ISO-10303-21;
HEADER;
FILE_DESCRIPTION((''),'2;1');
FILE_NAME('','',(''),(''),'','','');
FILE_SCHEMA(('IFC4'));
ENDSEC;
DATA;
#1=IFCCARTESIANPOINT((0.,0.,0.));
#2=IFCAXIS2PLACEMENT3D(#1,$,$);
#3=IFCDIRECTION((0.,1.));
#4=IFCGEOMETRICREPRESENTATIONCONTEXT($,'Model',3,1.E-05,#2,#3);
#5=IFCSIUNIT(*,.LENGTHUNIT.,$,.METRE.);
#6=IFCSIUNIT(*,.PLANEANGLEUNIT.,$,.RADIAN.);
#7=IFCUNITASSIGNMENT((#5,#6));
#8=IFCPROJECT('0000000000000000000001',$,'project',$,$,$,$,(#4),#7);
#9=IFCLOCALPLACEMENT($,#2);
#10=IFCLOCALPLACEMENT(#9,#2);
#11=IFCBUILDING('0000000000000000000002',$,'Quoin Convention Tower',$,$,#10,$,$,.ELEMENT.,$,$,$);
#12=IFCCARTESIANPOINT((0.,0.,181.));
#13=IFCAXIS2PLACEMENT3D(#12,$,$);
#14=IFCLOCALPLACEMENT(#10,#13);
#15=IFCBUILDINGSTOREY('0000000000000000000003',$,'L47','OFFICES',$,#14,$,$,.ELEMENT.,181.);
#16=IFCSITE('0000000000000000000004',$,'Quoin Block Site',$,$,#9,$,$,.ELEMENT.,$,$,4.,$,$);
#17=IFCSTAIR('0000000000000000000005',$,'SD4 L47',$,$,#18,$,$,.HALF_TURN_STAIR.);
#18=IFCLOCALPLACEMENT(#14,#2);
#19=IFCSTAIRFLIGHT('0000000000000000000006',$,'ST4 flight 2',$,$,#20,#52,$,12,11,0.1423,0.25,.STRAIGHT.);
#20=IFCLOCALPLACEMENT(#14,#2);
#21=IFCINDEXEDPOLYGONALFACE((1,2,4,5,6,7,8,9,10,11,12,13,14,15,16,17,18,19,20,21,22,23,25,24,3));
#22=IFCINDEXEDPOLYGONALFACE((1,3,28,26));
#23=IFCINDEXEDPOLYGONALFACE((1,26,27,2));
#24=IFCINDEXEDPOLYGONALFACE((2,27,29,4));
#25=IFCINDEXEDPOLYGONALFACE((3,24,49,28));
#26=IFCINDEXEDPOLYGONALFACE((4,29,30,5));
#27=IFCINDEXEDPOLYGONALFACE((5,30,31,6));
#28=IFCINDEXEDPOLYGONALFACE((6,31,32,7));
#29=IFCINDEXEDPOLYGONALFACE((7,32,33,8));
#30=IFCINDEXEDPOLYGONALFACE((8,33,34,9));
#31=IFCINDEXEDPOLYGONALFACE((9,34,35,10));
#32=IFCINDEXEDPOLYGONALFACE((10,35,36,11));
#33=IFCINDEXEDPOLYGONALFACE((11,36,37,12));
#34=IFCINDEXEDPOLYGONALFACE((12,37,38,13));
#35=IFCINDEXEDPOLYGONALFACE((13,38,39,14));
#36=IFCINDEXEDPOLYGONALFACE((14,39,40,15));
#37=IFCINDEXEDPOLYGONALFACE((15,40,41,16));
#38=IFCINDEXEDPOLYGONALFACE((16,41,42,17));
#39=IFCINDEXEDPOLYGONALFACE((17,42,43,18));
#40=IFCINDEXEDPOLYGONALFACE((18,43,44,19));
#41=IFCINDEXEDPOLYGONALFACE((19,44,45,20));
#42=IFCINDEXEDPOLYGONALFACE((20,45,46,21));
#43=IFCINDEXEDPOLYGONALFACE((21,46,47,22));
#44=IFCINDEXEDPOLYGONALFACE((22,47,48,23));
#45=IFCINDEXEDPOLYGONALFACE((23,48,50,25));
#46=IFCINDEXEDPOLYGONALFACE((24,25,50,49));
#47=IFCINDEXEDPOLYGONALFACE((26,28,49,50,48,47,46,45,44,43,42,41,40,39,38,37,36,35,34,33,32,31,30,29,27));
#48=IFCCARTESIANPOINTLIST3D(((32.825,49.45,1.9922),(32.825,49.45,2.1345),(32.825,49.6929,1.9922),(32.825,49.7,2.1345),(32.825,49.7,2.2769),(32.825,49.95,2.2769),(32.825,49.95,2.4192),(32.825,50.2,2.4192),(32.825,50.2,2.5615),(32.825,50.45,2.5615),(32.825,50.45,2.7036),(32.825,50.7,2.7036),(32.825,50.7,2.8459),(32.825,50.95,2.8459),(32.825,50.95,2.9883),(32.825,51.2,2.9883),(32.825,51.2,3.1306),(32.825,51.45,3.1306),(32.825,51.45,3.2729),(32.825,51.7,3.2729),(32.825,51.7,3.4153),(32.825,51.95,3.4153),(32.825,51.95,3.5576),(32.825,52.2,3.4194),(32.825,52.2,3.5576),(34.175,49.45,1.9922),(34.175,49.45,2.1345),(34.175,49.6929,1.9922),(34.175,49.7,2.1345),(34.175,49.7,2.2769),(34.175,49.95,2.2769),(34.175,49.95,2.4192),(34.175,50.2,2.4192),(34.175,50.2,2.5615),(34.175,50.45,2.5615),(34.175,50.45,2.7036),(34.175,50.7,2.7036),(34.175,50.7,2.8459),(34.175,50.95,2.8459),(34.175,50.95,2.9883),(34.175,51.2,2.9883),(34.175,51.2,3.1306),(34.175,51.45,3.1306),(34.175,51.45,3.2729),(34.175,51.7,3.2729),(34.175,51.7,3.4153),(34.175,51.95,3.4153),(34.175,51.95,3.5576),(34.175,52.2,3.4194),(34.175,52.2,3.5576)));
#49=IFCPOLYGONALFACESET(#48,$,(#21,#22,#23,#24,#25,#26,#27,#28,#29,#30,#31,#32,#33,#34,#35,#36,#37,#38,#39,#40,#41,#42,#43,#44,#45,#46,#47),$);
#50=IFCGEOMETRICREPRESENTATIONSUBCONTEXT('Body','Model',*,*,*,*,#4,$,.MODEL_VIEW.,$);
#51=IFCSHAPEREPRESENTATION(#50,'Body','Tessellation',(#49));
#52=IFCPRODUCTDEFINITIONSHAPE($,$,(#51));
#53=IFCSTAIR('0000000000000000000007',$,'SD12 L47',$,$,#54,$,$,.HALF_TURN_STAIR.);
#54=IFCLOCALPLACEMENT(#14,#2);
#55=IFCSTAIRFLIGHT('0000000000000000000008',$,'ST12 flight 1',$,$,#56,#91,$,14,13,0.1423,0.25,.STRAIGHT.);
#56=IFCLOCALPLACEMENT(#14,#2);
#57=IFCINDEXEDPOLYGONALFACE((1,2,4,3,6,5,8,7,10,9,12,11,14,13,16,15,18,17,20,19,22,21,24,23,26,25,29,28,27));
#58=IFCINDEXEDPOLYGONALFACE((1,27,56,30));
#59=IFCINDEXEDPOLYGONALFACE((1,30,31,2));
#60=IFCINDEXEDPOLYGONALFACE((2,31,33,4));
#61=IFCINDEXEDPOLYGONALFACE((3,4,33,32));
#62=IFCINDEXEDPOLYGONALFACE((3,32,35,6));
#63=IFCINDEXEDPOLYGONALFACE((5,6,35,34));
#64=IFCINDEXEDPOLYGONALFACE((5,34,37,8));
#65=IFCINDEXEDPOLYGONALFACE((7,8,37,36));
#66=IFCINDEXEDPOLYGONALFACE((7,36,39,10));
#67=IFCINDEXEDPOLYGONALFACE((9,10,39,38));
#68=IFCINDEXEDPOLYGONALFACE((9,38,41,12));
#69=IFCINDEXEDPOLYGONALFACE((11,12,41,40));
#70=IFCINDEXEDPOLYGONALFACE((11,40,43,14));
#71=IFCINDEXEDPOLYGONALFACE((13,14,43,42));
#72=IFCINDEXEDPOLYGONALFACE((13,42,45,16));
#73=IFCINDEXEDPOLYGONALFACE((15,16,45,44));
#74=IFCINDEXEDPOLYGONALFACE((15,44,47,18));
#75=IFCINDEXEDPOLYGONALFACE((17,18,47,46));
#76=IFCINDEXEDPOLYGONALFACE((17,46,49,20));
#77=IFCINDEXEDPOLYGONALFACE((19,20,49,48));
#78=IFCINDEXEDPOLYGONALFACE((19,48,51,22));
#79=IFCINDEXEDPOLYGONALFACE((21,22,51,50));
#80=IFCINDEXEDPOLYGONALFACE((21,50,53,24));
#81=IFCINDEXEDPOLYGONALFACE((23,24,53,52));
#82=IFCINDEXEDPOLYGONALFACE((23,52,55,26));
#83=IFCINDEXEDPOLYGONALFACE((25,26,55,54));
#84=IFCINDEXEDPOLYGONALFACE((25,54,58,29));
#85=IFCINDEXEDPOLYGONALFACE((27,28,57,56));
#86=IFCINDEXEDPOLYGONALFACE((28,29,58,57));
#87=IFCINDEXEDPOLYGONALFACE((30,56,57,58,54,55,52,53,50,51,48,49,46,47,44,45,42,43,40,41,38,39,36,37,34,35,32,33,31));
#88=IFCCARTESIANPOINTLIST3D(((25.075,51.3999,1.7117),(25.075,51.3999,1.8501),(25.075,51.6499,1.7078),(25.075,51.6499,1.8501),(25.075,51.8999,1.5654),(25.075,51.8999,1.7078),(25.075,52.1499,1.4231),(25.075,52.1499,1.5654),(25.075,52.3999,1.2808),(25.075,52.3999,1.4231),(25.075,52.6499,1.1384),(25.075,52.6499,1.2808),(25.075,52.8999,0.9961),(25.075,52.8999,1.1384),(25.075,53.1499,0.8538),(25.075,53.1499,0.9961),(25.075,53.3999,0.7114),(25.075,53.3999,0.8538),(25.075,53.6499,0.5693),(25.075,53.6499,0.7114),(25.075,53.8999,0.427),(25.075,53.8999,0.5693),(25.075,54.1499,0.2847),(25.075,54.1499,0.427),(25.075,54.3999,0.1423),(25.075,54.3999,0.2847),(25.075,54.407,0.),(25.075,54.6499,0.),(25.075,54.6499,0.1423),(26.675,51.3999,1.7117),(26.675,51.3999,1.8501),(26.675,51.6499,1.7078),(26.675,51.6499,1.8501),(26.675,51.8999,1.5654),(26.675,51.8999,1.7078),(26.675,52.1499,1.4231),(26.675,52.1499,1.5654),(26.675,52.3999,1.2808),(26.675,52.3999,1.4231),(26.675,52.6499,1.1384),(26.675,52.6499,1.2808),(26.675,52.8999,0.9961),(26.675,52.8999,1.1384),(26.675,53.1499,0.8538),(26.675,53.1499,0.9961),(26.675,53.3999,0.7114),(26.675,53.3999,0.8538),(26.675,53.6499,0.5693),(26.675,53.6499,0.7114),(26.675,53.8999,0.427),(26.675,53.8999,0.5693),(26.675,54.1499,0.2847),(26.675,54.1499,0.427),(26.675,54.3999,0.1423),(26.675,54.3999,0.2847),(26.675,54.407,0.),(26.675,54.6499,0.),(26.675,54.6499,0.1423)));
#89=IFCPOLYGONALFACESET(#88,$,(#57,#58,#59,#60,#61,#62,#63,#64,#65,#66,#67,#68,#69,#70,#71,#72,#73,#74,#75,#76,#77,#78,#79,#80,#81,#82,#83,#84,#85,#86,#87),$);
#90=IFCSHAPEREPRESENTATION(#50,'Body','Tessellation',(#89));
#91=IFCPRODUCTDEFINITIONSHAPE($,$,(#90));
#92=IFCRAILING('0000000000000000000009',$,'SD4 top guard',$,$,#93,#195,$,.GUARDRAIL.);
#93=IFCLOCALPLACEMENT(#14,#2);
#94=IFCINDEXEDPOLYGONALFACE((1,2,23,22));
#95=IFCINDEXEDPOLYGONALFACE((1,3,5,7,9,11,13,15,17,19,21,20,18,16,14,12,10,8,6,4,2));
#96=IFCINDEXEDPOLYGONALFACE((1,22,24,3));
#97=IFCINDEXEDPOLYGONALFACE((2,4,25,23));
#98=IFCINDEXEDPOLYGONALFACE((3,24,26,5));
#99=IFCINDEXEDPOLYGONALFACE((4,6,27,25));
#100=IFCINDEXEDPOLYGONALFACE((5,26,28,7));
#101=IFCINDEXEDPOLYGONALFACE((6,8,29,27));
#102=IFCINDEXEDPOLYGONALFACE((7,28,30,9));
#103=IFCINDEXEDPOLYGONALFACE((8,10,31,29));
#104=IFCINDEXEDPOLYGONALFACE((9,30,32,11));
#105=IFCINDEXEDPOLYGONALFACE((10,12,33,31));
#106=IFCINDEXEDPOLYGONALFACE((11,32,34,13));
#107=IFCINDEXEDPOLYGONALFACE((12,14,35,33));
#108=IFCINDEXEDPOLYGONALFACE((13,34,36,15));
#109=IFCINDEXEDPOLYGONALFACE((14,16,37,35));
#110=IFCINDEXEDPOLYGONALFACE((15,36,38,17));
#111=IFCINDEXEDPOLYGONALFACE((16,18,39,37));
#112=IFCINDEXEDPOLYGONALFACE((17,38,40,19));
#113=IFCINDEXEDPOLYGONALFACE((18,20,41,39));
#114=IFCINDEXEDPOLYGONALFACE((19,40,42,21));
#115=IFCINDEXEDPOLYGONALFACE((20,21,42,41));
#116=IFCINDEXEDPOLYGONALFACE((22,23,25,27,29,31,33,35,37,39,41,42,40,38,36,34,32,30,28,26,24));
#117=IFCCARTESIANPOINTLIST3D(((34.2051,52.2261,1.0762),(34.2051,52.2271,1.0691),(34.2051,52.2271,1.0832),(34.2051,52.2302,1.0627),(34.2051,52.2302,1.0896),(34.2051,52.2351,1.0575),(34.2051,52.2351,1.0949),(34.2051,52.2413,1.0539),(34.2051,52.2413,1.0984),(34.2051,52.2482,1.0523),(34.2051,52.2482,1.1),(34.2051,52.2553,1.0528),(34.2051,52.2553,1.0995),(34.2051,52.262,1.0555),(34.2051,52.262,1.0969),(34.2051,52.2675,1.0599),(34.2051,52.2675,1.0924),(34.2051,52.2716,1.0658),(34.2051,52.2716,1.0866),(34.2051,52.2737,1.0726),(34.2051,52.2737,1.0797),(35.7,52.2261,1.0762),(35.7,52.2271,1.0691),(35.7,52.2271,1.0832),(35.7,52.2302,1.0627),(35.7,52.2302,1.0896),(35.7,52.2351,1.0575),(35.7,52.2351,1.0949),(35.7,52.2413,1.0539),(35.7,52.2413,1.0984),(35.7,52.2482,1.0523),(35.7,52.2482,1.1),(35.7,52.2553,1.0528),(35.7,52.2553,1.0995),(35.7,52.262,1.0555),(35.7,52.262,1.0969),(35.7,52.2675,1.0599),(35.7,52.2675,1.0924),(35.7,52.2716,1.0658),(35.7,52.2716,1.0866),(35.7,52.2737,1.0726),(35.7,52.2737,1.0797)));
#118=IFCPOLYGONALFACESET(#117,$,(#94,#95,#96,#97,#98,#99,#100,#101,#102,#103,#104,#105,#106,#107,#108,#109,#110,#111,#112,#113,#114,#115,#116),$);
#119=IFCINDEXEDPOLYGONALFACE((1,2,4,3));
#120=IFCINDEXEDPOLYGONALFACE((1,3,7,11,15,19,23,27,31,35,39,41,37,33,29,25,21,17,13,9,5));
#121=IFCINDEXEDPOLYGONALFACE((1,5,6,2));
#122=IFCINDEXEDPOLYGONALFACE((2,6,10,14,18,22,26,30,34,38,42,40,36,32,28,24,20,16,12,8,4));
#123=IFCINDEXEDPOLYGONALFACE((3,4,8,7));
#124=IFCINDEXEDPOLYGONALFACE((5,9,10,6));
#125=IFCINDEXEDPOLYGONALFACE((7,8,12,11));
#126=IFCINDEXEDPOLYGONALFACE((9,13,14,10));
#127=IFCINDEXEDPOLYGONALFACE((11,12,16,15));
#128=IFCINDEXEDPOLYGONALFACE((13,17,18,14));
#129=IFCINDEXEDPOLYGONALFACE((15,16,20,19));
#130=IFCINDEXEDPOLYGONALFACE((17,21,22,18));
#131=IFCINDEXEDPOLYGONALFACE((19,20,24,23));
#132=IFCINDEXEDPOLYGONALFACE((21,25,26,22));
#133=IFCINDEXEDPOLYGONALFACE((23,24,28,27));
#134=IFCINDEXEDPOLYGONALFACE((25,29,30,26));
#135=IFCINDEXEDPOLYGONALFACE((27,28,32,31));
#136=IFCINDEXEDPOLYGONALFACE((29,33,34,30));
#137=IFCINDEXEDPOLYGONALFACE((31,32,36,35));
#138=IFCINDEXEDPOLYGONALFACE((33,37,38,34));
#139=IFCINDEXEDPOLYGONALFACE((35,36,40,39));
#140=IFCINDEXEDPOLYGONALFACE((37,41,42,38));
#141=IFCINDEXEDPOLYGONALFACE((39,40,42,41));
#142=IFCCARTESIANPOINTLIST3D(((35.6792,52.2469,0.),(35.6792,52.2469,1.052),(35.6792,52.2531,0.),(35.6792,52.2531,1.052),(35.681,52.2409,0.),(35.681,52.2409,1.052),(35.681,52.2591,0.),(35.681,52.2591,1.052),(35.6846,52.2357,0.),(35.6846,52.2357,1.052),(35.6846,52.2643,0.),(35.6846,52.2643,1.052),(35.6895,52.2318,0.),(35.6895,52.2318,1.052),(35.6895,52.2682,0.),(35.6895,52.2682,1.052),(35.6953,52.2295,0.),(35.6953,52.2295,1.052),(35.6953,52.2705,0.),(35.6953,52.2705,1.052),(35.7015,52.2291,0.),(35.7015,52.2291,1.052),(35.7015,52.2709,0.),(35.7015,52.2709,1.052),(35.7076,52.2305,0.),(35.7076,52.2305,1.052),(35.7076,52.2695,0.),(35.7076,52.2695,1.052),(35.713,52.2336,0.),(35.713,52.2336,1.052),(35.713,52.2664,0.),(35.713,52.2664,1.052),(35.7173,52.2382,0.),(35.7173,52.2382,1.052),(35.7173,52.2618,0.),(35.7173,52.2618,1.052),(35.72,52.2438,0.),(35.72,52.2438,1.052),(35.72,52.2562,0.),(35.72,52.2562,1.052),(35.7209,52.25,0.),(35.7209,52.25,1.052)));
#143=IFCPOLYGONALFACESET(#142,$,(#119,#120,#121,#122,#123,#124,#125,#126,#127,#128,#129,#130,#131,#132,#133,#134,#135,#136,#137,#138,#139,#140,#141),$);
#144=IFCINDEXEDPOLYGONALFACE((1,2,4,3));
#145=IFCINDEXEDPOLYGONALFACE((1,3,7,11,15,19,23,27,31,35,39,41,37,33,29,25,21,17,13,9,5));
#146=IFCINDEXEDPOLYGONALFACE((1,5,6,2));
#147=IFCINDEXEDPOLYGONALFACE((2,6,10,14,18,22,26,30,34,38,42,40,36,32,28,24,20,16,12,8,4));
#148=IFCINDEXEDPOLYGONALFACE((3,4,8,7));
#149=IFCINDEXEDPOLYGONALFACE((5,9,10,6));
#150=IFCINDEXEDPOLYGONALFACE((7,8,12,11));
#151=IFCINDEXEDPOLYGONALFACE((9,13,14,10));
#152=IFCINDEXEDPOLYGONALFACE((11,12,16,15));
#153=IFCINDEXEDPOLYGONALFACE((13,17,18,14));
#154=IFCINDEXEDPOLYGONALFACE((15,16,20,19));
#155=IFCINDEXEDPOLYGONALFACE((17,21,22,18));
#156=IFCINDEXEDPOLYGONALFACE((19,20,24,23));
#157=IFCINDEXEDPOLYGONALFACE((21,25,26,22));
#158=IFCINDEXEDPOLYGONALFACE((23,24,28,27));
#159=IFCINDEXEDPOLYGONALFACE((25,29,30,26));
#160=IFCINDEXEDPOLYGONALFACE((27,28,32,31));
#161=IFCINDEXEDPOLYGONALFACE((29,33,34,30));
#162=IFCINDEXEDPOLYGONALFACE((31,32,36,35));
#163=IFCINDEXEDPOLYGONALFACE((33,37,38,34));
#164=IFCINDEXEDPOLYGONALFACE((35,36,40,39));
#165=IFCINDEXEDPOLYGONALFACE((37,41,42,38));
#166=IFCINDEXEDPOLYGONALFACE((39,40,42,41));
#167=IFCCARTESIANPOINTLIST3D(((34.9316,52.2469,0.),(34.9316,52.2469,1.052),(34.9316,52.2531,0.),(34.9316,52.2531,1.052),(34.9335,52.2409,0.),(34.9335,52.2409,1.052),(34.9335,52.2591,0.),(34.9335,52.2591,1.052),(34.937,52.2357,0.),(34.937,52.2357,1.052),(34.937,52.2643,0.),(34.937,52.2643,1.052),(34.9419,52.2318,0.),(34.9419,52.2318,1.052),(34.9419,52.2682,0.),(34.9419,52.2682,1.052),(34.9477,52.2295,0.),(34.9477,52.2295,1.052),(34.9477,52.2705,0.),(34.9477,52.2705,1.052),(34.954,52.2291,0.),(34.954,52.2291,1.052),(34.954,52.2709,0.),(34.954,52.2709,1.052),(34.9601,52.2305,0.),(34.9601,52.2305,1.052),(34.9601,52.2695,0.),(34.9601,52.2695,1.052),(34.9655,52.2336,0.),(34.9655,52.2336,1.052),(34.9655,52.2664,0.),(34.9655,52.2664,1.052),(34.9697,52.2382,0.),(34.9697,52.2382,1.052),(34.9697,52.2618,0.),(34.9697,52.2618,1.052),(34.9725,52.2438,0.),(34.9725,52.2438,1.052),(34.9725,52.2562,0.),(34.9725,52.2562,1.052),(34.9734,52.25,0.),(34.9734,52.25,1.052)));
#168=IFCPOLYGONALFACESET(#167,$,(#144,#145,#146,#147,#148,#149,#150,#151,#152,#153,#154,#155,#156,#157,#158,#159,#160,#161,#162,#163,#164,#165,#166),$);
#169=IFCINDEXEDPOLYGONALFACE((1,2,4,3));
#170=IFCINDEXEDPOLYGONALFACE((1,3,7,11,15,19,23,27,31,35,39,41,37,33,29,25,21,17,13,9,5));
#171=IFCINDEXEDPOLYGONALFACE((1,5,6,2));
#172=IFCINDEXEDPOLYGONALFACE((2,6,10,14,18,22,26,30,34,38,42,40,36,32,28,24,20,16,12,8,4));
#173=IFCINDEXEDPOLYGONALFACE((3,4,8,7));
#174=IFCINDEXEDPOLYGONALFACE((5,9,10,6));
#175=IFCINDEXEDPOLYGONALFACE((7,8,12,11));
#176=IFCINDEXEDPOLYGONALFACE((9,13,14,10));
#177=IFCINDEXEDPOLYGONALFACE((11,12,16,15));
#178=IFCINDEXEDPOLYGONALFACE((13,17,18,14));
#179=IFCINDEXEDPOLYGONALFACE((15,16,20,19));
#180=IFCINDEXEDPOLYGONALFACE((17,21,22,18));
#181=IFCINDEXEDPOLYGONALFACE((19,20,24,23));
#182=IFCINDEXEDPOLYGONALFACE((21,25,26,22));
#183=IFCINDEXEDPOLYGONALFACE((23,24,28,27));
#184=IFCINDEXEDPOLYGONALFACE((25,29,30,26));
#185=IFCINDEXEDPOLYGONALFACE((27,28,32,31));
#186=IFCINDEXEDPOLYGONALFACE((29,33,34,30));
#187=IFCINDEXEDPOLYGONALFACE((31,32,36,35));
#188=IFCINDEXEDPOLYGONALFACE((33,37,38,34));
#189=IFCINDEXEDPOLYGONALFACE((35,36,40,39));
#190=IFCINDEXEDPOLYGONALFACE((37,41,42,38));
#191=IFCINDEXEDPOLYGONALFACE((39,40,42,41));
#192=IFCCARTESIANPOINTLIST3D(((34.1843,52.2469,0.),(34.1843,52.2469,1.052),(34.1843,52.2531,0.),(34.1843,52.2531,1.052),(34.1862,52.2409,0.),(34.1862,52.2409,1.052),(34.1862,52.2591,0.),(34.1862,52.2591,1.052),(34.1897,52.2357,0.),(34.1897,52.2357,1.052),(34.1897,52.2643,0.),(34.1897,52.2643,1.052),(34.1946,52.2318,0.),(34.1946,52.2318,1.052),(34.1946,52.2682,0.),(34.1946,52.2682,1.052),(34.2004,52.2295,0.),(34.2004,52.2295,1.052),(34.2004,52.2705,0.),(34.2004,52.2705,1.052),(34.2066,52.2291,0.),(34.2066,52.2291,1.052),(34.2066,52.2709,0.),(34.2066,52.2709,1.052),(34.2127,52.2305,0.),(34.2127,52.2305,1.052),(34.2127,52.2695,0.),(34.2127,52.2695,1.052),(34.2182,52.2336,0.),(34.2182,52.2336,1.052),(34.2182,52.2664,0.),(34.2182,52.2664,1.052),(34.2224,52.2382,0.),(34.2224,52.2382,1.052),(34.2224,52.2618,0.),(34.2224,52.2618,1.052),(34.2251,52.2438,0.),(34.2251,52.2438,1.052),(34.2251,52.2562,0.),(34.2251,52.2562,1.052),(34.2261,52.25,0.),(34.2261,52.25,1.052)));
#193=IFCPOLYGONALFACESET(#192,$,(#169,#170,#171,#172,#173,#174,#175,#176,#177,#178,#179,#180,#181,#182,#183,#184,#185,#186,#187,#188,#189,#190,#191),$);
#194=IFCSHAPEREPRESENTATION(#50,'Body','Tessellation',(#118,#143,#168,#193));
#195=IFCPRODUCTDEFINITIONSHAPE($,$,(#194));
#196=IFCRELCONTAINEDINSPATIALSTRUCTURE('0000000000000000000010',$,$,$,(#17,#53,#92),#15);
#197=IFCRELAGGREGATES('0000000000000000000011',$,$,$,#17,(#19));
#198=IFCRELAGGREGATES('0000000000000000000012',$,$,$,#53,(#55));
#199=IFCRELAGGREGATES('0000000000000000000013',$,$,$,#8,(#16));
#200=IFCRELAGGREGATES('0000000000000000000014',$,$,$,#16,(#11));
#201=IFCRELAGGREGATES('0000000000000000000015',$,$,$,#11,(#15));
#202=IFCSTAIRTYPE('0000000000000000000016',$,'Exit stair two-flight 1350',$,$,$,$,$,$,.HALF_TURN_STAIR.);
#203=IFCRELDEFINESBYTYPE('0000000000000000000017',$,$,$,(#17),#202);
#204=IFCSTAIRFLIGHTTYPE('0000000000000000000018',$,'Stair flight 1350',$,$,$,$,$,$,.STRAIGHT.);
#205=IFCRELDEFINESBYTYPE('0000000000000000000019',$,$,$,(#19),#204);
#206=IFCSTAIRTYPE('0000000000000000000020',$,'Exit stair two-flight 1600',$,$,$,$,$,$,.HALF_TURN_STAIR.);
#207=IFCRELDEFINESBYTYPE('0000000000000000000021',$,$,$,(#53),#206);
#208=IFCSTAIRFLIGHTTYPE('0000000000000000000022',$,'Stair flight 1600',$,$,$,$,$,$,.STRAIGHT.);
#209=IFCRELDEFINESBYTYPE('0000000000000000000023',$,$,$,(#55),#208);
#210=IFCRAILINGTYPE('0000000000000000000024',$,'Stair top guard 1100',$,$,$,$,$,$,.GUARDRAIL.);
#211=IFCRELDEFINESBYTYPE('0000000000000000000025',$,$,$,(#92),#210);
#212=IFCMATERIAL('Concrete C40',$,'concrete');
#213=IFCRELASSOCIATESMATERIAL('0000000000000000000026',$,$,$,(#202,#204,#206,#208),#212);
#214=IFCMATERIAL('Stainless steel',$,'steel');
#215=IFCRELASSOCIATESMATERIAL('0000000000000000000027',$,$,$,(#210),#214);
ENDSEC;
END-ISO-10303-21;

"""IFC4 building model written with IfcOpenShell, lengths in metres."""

from ifc_helpers import new_model, si_unit, direction, frame, origin, origin_2d, place, context, subcontext, project, spatial, polyline, circle, outline, extrude, material, type_object, element, aggregate, save


model = new_model("IFC4")

# Units and contexts
model_context = context("Model", 3, precision=1e-05, world=origin(), true_north=direction((0.0, 1.0)))
body_context = subcontext(model_context, "Body", "Model", "MODEL_VIEW")
ifc_project = project(units=[si_unit("LENGTHUNIT", "METRE"), si_unit("PLANEANGLEUNIT", "RADIAN")], contexts=[model_context])

# Site, building, storey
site_placement = place(None, origin())
site = spatial("IfcSite", under=ifc_project, at=site_placement, Name="Quoin Block Site", CompositionType="ELEMENT", RefElevation=4.0)
building_placement = place(site_placement, origin())
building = spatial("IfcBuilding", under=site, at=building_placement, Name="Quoin Convention Tower", CompositionType="ELEMENT")
storey_placement = place(building_placement, frame((0.0, 0.0, 181.0)))
storey = spatial("IfcBuildingStorey", under=building, at=storey_placement, Name="L47", Description="OFFICES", CompositionType="ELEMENT", Elevation=181.0)

# Shared definitions
ifc_material_1 = material(Name="Concrete C40", Category="concrete")
stair_type_1 = type_object("IfcStairType", Name="Exit stair two-flight 1350", PredefinedType="HALF_TURN_STAIR", material=ifc_material_1)
stair_flight_type_1 = type_object("IfcStairFlightType", Name="Stair flight 1350", PredefinedType="STRAIGHT", material=ifc_material_1)

# Stair, stair flight
stair_1_placement = place(storey_placement, origin())
stair_1 = element("IfcStair", 1, at=stair_1_placement, inside=storey, type_object=stair_type_1, Name="SD4 L47", PredefinedType="HALF_TURN_STAIR")
stair_flight_1_placement = place(storey_placement, frame((33.5, 49.45, 1.9922), z_axis=(0.0, 0.0, 1.0), x_axis=(0.0, 1.0, 0.0)))
stair_flight_1 = element("IfcStairFlight", 2, at=stair_flight_1_placement, type_object=stair_flight_type_1, Name="ST4 flight 2", NumberOfRisers=12, NumberOfTreads=11, PredefinedType="STRAIGHT", RiserHeight=0.1423, TreadLength=0.25, context=body_context, shape_type="SweptSolid", body=[
    extrude(outline(polyline([(0.0, 0.0), (0.0, 0.1423), (0.25, 0.1423), (0.25, 0.2847), (0.5, 0.2847), (0.5, 0.427), (0.75, 0.427), (0.75, 0.5693), (1.0, 0.5693), (1.0, 0.7114), (1.25, 0.7114), (1.25, 0.8538), (1.5, 0.8538), (1.5, 0.9961), (1.75, 0.9961), (1.75, 1.1384), (2.0, 1.1384), (2.0, 1.2808), (2.25, 1.2808), (2.25, 1.4231), (2.5, 1.4231), (2.5, 1.5654), (2.75, 1.5654), (2.75, 1.7078), (2.75, 1.4272), (0.2429, 0.0), (0.0, 0.0)])), frame((0.0, 0.675, 0.0), z_axis=(0.0, -1.0, 0.0), x_axis=(1.0, 0.0, 0.0)), (0.0, 0.0, 1.0), 1.3501),
])
aggregate(stair_1, [stair_flight_1])

# Stair, stair flight
stair_type_2 = type_object("IfcStairType", Name="Exit stair two-flight 1600", PredefinedType="HALF_TURN_STAIR", material=ifc_material_1)
stair_2_placement = place(storey_placement, origin())
stair_2 = element("IfcStair", 3, at=stair_2_placement, inside=storey, type_object=stair_type_2, Name="SD12 L47", PredefinedType="HALF_TURN_STAIR")
stair_flight_type_2 = type_object("IfcStairFlightType", Name="Stair flight 1600", PredefinedType="STRAIGHT", material=ifc_material_1)
stair_flight_2_placement = place(storey_placement, frame((25.875, 54.6499, 0.0), z_axis=(0.0, 0.0, 1.0), x_axis=(0.0, -1.0, 0.0)))
stair_flight_2 = element("IfcStairFlight", 4, at=stair_flight_2_placement, type_object=stair_flight_type_2, Name="ST12 flight 1", NumberOfRisers=14, NumberOfTreads=13, PredefinedType="STRAIGHT", RiserHeight=0.1423, TreadLength=0.25, context=body_context, shape_type="SweptSolid", body=[
    extrude(outline(polyline([(0.0, 0.0), (0.0, 0.1423), (0.25, 0.1423), (0.25, 0.2847), (0.5, 0.2847), (0.5, 0.427), (0.75, 0.427), (0.75, 0.5693), (1.0, 0.5693), (1.0, 0.7114), (1.25, 0.7114), (1.25, 0.8538), (1.5, 0.8538), (1.5, 0.9961), (1.75, 0.9961), (1.75, 1.1384), (2.0, 1.1384), (2.0, 1.2808), (2.25, 1.2808), (2.25, 1.4231), (2.5, 1.4231), (2.5, 1.5654), (2.75, 1.5654), (2.75, 1.7078), (3.0, 1.7078), (3.0, 1.8501), (3.25, 1.8501), (3.25, 1.9922), (3.25, 1.7117), (0.2429, 0.0), (0.0, 0.0)])), frame((0.0, 0.8, 0.0), z_axis=(0.0, -1.0, 0.0), x_axis=(1.0, 0.0, 0.0)), (0.0, 0.0, 1.0), 1.6001),
])
aggregate(stair_2, [stair_flight_2])

# Railing
ifc_material_2 = material(Name="Stainless steel", Category="steel")
railing_type_1 = type_object("IfcRailingType", Name="Stair top guard 1100", PredefinedType="GUARDRAIL", material=ifc_material_2)
railing_1_placement = place(storey_placement, frame((35.7, 52.25, 0.0)))
element("IfcRailing", 5, at=railing_1_placement, inside=storey, type_object=railing_type_1, Name="SD4 top guard", PredefinedType="GUARDRAIL", context=body_context, shape_type="SweptSolid", body=[
    extrude(circle(Radius=0.0239, at=origin_2d()), frame((0.0, 0.0, 1.0762), z_axis=(-1.0, 0.0, 0.0), x_axis=(0.0, -1.0, 0.0)), (0.0, 0.0, 1.0), 1.4949),
    extrude(circle(Radius=0.021, at=origin_2d()), origin(), (0.0, 0.0, 1.0), 1.052),
    extrude(circle(Radius=0.021, at=origin_2d()), frame((-0.7476, 0.0, 0.0)), (0.0, 0.0, 1.0), 1.052),
    extrude(circle(Radius=0.021, at=origin_2d()), frame((-1.4949, 0.0, 0.0)), (0.0, 0.0, 1.0), 1.052),
])

save(model, "model.ifc")
